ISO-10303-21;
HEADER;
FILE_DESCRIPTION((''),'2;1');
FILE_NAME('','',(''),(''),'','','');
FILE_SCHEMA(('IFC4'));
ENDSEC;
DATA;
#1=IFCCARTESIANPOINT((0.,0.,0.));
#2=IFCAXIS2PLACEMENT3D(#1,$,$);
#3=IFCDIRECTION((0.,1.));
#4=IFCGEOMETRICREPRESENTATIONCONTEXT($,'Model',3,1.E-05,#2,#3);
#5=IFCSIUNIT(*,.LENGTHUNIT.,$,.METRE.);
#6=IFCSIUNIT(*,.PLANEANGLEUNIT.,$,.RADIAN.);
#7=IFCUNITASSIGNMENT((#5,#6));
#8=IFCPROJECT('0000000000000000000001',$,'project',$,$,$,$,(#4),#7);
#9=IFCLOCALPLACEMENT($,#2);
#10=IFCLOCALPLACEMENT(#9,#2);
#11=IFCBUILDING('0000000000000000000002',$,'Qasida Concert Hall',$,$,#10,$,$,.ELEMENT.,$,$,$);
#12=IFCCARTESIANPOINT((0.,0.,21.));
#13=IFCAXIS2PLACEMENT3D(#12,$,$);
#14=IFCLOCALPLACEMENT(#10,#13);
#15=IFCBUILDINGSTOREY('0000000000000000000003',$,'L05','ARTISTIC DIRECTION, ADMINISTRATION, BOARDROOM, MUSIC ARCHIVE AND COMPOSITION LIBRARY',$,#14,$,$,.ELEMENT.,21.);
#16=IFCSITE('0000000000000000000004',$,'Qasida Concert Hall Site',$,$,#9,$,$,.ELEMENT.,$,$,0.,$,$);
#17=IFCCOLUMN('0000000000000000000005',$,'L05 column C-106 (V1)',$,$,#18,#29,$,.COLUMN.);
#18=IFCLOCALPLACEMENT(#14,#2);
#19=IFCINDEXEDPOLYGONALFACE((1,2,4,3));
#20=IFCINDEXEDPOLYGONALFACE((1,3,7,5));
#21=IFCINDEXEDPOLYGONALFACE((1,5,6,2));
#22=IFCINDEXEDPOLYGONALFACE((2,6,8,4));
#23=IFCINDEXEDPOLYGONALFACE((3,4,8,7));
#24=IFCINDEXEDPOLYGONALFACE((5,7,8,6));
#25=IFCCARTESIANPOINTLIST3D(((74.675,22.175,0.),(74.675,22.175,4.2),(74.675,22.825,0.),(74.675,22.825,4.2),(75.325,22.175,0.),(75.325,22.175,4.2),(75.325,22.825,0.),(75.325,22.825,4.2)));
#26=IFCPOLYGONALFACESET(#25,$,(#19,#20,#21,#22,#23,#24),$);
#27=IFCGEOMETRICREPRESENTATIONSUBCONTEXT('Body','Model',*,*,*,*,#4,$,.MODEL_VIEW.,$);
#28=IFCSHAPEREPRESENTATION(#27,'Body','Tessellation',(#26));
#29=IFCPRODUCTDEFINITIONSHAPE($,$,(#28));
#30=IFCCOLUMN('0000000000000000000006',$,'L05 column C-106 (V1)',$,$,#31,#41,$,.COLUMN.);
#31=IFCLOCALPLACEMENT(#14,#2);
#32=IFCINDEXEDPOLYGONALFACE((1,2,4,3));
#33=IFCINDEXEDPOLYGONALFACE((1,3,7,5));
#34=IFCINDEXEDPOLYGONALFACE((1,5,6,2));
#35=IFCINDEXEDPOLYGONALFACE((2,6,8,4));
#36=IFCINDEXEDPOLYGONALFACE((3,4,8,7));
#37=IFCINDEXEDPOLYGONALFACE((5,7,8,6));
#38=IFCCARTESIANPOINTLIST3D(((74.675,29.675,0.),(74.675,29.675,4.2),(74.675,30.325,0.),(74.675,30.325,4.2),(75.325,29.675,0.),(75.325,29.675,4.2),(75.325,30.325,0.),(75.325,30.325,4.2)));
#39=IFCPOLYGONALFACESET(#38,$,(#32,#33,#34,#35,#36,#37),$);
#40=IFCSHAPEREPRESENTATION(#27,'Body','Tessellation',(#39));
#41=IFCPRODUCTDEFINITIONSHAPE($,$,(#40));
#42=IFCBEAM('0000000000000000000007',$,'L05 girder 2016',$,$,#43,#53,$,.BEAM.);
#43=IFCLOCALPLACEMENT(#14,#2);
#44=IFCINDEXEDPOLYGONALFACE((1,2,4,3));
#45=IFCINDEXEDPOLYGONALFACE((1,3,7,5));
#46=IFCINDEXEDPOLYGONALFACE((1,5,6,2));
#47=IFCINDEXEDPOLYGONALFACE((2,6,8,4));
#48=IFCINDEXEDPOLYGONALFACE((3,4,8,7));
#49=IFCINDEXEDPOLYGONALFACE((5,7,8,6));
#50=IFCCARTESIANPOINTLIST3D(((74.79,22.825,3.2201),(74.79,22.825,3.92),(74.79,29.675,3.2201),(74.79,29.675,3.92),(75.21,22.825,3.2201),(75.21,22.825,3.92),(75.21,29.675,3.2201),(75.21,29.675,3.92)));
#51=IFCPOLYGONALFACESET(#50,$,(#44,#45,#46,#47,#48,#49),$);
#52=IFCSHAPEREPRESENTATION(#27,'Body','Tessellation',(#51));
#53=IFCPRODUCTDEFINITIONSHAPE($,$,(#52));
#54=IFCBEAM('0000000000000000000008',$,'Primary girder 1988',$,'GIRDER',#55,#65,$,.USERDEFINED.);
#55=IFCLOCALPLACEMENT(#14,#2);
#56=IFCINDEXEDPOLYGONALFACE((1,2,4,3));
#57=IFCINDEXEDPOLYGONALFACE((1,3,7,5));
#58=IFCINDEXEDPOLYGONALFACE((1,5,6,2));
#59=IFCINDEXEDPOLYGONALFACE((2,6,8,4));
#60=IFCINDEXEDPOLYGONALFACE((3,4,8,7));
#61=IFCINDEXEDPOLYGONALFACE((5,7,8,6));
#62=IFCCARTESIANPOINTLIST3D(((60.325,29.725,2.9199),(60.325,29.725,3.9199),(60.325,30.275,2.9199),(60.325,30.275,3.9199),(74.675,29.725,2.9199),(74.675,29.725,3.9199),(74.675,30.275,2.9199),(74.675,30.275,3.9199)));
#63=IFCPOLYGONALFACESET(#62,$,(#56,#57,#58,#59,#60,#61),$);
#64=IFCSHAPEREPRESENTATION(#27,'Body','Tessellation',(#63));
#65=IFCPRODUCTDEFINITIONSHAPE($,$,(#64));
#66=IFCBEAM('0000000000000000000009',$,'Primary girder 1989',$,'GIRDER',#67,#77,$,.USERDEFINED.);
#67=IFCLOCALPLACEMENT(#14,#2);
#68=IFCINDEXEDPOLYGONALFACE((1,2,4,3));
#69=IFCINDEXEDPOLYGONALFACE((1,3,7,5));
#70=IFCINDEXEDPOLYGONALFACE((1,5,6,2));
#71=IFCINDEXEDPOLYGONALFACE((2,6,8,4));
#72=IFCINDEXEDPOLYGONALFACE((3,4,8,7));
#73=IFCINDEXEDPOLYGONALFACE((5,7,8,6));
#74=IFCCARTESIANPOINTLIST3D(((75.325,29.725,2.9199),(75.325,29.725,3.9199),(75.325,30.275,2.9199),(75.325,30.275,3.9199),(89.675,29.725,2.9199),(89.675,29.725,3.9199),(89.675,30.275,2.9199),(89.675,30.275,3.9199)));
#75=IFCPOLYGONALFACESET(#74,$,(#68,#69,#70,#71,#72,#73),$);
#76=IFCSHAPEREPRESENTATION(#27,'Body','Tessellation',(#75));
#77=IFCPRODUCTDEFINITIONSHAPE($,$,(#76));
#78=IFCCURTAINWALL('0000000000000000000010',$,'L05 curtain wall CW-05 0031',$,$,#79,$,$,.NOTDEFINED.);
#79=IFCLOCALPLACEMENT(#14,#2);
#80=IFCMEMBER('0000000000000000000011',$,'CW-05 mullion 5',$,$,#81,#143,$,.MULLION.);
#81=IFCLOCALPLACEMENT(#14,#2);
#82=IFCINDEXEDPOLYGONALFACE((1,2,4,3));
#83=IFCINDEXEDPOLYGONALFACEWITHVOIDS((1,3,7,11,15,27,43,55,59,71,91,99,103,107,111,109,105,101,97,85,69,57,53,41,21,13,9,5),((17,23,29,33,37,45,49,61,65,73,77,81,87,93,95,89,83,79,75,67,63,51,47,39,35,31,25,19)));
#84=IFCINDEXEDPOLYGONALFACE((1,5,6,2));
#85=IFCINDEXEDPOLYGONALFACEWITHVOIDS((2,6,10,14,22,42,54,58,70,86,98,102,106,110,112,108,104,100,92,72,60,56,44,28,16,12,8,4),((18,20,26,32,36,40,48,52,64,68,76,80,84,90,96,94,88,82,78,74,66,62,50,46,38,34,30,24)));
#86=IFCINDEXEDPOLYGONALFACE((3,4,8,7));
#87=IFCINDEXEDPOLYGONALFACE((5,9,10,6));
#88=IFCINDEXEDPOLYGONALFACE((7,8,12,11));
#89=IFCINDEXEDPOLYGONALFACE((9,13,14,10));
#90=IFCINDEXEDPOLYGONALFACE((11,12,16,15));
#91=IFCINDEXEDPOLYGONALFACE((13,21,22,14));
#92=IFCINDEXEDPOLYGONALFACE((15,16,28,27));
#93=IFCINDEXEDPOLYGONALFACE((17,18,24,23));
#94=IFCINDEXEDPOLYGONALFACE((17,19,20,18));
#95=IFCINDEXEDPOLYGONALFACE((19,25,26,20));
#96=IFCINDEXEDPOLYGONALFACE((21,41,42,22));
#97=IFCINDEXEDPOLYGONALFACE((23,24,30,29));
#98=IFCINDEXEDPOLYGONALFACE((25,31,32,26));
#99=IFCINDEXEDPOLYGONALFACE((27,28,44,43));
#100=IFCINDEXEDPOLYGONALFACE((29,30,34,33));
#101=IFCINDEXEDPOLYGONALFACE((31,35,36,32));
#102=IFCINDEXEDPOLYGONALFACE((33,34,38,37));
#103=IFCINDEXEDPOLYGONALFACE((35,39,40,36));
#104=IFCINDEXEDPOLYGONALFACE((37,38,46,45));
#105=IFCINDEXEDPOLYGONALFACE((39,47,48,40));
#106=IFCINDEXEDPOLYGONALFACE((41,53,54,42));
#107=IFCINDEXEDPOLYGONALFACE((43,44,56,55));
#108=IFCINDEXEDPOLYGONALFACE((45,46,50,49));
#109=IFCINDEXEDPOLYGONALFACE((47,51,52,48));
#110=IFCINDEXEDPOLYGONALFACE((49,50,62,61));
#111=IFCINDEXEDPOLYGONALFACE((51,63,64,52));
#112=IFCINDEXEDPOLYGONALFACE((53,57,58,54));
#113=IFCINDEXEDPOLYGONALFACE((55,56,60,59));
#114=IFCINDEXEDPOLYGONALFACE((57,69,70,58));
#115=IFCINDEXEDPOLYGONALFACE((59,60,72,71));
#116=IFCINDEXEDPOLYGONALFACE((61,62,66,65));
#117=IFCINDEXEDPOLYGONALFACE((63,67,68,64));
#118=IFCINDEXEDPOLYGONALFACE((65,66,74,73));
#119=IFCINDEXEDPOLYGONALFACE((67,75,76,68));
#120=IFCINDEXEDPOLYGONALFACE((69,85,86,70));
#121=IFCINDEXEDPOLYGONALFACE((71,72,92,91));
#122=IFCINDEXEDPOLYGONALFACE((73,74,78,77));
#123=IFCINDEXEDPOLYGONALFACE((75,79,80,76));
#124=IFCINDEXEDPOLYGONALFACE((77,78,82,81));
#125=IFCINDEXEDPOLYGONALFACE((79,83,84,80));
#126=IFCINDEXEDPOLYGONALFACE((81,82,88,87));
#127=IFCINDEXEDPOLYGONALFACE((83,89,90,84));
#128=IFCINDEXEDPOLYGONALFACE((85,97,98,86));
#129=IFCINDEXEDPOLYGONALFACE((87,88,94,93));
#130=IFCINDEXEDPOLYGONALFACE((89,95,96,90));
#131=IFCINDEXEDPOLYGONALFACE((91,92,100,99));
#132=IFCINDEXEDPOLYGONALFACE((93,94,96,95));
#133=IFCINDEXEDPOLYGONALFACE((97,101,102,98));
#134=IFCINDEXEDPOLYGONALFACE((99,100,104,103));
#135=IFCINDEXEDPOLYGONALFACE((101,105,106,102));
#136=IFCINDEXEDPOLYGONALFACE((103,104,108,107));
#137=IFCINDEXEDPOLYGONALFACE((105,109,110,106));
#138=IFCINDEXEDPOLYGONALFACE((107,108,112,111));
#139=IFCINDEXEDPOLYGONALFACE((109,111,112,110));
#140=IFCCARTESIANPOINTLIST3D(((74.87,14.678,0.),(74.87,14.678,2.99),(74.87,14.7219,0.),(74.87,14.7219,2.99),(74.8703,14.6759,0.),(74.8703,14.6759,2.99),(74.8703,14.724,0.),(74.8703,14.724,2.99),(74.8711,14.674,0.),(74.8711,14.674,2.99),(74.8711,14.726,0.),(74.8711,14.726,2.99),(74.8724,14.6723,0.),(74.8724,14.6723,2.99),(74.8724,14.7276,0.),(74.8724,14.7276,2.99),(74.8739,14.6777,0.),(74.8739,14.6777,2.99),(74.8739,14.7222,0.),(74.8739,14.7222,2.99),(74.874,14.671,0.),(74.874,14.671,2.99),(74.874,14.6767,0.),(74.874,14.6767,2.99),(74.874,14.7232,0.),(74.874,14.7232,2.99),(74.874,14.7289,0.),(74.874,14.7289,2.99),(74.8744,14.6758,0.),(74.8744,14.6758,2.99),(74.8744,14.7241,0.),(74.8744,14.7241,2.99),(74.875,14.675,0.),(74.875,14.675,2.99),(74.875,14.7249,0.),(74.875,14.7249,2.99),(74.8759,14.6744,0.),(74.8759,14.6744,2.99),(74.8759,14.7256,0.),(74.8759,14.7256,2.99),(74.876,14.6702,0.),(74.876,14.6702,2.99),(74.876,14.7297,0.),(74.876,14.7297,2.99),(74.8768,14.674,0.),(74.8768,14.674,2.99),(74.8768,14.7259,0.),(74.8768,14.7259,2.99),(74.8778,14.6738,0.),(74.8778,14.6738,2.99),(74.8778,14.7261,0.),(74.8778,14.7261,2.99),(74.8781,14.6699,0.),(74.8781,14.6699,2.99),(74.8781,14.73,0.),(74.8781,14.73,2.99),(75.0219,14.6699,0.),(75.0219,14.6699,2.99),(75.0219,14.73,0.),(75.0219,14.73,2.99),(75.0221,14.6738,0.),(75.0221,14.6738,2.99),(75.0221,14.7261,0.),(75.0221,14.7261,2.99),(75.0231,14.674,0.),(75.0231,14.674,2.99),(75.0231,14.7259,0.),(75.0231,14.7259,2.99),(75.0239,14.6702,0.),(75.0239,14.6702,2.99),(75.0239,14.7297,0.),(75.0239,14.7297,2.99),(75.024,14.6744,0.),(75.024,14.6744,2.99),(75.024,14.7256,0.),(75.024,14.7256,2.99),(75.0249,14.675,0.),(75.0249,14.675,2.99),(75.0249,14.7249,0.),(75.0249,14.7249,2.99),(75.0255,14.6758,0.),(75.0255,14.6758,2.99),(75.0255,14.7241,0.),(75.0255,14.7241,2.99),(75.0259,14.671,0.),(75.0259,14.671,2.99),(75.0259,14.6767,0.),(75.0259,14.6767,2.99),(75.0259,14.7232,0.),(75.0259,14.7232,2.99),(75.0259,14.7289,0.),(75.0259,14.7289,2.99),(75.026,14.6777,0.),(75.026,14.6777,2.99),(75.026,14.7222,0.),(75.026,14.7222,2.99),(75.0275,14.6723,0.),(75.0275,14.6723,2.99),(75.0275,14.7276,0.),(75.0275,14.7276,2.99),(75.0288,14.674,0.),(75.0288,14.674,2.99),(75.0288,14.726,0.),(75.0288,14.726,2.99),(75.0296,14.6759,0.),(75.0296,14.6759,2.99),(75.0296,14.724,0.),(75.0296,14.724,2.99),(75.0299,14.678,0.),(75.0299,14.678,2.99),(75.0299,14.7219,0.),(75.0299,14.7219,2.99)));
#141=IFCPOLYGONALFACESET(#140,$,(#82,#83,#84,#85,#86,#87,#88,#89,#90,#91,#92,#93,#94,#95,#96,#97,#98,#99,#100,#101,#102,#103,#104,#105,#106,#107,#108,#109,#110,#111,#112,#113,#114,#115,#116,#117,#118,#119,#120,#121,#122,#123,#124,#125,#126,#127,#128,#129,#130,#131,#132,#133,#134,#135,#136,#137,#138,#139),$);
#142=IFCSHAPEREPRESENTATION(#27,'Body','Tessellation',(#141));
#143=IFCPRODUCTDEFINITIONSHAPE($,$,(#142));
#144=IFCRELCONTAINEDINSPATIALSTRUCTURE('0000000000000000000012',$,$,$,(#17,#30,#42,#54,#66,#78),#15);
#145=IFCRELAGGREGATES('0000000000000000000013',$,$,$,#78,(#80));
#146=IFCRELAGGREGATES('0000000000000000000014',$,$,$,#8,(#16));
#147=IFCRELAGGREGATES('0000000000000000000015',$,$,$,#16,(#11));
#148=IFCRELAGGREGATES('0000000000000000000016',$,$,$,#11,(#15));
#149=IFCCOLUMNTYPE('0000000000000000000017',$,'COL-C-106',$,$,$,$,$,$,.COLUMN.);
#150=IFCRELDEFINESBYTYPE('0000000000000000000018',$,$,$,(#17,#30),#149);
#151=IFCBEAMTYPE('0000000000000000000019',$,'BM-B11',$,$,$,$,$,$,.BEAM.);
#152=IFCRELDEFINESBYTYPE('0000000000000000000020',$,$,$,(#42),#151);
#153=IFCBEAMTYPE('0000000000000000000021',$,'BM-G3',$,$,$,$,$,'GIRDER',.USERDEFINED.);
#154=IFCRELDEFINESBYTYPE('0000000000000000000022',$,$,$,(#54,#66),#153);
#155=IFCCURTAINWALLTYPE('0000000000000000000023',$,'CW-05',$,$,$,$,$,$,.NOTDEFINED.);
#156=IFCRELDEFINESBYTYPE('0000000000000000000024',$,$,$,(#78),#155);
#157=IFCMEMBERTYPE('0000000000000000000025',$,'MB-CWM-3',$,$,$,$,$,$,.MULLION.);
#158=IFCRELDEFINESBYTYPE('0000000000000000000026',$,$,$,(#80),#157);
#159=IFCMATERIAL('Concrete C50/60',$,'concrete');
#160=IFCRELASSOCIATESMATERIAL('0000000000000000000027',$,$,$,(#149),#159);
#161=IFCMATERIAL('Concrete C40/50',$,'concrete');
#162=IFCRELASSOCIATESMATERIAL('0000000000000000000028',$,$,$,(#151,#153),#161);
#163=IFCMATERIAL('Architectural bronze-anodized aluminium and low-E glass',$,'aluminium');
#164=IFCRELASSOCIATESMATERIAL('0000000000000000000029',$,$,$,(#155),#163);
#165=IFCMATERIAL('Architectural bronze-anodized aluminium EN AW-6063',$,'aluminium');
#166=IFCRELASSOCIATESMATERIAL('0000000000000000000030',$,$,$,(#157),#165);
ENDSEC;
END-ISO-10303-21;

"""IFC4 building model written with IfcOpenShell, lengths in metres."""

from ifc_helpers import new_model, si_unit, direction, frame, origin, origin_2d, place, context, subcontext, project, spatial, rectangle, hollow_rectangle, extrude, material, material_profile, profile_set, type_object, element, aggregate, save


model = new_model("IFC4")

# Units and contexts
model_context = context("Model", 3, precision=1e-05, world=origin(), true_north=direction((0.0, 1.0)))
body_context = subcontext(model_context, "Body", "Model", "MODEL_VIEW")
ifc_project = project(units=[si_unit("LENGTHUNIT", "METRE"), si_unit("PLANEANGLEUNIT", "RADIAN")], contexts=[model_context])

# Site, building, storey
site_placement = place(None, origin())
site = spatial("IfcSite", under=ifc_project, at=site_placement, Name="Qasida Concert Hall Site", CompositionType="ELEMENT", RefElevation=0.0)
building_placement = place(site_placement, origin())
building = spatial("IfcBuilding", under=site, at=building_placement, Name="Qasida Concert Hall", CompositionType="ELEMENT")
storey_placement = place(building_placement, frame((0.0, 0.0, 21.0)))
storey = spatial("IfcBuildingStorey", under=building, at=storey_placement, Name="L05", Description="ARTISTIC DIRECTION, ADMINISTRATION, BOARDROOM, MUSIC ARCHIVE AND COMPOSITION LIBRARY", CompositionType="ELEMENT", Elevation=21.0)

# Columns
ifc_material_1 = material(Name="Concrete C50/60", Category="concrete")
ifc_material_profile_1 = material_profile(ifc_material_1, rectangle(XDim=0.6499, YDim=0.6499, at=origin_2d()), Name="RC 650x650")
ifc_profile_set_1 = profile_set([ifc_material_profile_1], Name="Concrete C50/60")
column_type = type_object("IfcColumnType", Name="COL-C-106", PredefinedType="COLUMN", material=ifc_profile_set_1)
for number, where, z_axis, x_axis, name in (
    (1, (75.0, 22.5, 0.0), (0.0, 0.0, 1.0), (1.0, 0.0, 0.0), "L05 column C-106 (V1)"),
    (2, (75.0, 30.0, 0.0), (0.0, 0.0, 1.0), (1.0, 0.0, 0.0), "L05 column C-106 (V1)"),
):
    element("IfcColumn", number, at=place(storey_placement, frame(where, z_axis=z_axis, x_axis=x_axis)), inside=storey, type_object=column_type, Name=name, PredefinedType="COLUMN", context=body_context, shape_type="SweptSolid", body=[
        extrude(rectangle(XDim=0.6499, YDim=0.6499, at=origin_2d()), origin(), (0.0, 0.0, 1.0), 4.2),
    ])

# Beams
ifc_material_2 = material(Name="Concrete C40/50", Category="concrete")
ifc_material_profile_2 = material_profile(ifc_material_2, rectangle(XDim=0.4199, YDim=0.7, at=origin_2d()), Name="RC 420x700")
ifc_profile_set_2 = profile_set([ifc_material_profile_2], Name="Concrete C40/50")
beam_type_1 = type_object("IfcBeamType", Name="BM-B11", PredefinedType="BEAM", material=ifc_profile_set_2)
beam_placement = place(storey_placement, frame((75.0, 22.825, 3.5701), z_axis=(0.0, 1.0, 0.0), x_axis=(-1.0, 0.0, 0.0)))
element("IfcBeam", 3, at=beam_placement, inside=storey, type_object=beam_type_1, Name="L05 girder 2016", PredefinedType="BEAM", context=body_context, shape_type="SweptSolid", body=[
    extrude(rectangle(XDim=0.4199, YDim=0.7, at=origin_2d()), origin(), (0.0, 0.0, 1.0), 6.8501),
])
ifc_material_profile_3 = material_profile(ifc_material_2, rectangle(XDim=0.55, YDim=1.0, at=origin_2d()), Name="RC 550x1000")
ifc_profile_set_3 = profile_set([ifc_material_profile_3], Name="Concrete C40/50")
beam_type_2 = type_object("IfcBeamType", Name="BM-G3", ElementType="GIRDER", PredefinedType="USERDEFINED", material=ifc_profile_set_3)
for number, where, z_axis, x_axis, name in (
    (4, (60.325, 30.0, 3.4199), (1.0, 0.0, 0.0), (0.0, 1.0, 0.0), "Primary girder 1988"),
    (5, (75.325, 30.0, 3.4199), (1.0, 0.0, 0.0), (0.0, 1.0, 0.0), "Primary girder 1989"),
):
    element("IfcBeam", number, at=place(storey_placement, frame(where, z_axis=z_axis, x_axis=x_axis)), inside=storey, type_object=beam_type_2, Name=name, ObjectType="GIRDER", PredefinedType="USERDEFINED", context=body_context, shape_type="SweptSolid", body=[
        extrude(rectangle(XDim=0.55, YDim=1.0, at=origin_2d()), origin(), (0.0, 0.0, 1.0), 14.3501),
    ])

# Curtain wall, member
ifc_material_3 = material(Name="Architectural bronze-anodized aluminium and low-E glass", Category="aluminium")
curtain_wall_type = type_object("IfcCurtainWallType", Name="CW-05", PredefinedType="NOTDEFINED", material=ifc_material_3)
curtain_wall_1_placement = place(storey_placement, origin())
curtain_wall_1 = element("IfcCurtainWall", 6, at=curtain_wall_1_placement, inside=storey, type_object=curtain_wall_type, Name="L05 curtain wall CW-05 0031", PredefinedType="NOTDEFINED")
ifc_material_4 = material(Name="Architectural bronze-anodized aluminium EN AW-6063", Category="aluminium")
ifc_material_profile_4 = material_profile(ifc_material_4, hollow_rectangle(XDim=0.0601, YDim=0.1599, WallThickness=0.0039, InnerFilletRadius=0.0039, OuterFilletRadius=0.0081, at=origin_2d()), Name="CWM 160x60x4")
ifc_profile_set_4 = profile_set([ifc_material_profile_4], Name="Architectural bronze-anodized aluminium EN AW-6063")
member_type_1 = type_object("IfcMemberType", Name="MB-CWM-3", PredefinedType="MULLION", material=ifc_profile_set_4)
member_1_placement = place(storey_placement, frame((74.95, 14.7, 0.0), z_axis=(0.0, 0.0, 1.0), x_axis=(0.0, 1.0, 0.0)))
member_1 = element("IfcMember", 7, at=member_1_placement, type_object=member_type_1, Name="CW-05 mullion 5", PredefinedType="MULLION", context=body_context, shape_type="SweptSolid", body=[
    extrude(hollow_rectangle(XDim=0.0601, YDim=0.1599, WallThickness=0.0039, InnerFilletRadius=0.0039, OuterFilletRadius=0.0081, at=origin_2d()), origin(), (0.0, 0.0, 1.0), 2.99),
])

aggregate(curtain_wall_1, [member_1])

save(model, "model.ifc")
